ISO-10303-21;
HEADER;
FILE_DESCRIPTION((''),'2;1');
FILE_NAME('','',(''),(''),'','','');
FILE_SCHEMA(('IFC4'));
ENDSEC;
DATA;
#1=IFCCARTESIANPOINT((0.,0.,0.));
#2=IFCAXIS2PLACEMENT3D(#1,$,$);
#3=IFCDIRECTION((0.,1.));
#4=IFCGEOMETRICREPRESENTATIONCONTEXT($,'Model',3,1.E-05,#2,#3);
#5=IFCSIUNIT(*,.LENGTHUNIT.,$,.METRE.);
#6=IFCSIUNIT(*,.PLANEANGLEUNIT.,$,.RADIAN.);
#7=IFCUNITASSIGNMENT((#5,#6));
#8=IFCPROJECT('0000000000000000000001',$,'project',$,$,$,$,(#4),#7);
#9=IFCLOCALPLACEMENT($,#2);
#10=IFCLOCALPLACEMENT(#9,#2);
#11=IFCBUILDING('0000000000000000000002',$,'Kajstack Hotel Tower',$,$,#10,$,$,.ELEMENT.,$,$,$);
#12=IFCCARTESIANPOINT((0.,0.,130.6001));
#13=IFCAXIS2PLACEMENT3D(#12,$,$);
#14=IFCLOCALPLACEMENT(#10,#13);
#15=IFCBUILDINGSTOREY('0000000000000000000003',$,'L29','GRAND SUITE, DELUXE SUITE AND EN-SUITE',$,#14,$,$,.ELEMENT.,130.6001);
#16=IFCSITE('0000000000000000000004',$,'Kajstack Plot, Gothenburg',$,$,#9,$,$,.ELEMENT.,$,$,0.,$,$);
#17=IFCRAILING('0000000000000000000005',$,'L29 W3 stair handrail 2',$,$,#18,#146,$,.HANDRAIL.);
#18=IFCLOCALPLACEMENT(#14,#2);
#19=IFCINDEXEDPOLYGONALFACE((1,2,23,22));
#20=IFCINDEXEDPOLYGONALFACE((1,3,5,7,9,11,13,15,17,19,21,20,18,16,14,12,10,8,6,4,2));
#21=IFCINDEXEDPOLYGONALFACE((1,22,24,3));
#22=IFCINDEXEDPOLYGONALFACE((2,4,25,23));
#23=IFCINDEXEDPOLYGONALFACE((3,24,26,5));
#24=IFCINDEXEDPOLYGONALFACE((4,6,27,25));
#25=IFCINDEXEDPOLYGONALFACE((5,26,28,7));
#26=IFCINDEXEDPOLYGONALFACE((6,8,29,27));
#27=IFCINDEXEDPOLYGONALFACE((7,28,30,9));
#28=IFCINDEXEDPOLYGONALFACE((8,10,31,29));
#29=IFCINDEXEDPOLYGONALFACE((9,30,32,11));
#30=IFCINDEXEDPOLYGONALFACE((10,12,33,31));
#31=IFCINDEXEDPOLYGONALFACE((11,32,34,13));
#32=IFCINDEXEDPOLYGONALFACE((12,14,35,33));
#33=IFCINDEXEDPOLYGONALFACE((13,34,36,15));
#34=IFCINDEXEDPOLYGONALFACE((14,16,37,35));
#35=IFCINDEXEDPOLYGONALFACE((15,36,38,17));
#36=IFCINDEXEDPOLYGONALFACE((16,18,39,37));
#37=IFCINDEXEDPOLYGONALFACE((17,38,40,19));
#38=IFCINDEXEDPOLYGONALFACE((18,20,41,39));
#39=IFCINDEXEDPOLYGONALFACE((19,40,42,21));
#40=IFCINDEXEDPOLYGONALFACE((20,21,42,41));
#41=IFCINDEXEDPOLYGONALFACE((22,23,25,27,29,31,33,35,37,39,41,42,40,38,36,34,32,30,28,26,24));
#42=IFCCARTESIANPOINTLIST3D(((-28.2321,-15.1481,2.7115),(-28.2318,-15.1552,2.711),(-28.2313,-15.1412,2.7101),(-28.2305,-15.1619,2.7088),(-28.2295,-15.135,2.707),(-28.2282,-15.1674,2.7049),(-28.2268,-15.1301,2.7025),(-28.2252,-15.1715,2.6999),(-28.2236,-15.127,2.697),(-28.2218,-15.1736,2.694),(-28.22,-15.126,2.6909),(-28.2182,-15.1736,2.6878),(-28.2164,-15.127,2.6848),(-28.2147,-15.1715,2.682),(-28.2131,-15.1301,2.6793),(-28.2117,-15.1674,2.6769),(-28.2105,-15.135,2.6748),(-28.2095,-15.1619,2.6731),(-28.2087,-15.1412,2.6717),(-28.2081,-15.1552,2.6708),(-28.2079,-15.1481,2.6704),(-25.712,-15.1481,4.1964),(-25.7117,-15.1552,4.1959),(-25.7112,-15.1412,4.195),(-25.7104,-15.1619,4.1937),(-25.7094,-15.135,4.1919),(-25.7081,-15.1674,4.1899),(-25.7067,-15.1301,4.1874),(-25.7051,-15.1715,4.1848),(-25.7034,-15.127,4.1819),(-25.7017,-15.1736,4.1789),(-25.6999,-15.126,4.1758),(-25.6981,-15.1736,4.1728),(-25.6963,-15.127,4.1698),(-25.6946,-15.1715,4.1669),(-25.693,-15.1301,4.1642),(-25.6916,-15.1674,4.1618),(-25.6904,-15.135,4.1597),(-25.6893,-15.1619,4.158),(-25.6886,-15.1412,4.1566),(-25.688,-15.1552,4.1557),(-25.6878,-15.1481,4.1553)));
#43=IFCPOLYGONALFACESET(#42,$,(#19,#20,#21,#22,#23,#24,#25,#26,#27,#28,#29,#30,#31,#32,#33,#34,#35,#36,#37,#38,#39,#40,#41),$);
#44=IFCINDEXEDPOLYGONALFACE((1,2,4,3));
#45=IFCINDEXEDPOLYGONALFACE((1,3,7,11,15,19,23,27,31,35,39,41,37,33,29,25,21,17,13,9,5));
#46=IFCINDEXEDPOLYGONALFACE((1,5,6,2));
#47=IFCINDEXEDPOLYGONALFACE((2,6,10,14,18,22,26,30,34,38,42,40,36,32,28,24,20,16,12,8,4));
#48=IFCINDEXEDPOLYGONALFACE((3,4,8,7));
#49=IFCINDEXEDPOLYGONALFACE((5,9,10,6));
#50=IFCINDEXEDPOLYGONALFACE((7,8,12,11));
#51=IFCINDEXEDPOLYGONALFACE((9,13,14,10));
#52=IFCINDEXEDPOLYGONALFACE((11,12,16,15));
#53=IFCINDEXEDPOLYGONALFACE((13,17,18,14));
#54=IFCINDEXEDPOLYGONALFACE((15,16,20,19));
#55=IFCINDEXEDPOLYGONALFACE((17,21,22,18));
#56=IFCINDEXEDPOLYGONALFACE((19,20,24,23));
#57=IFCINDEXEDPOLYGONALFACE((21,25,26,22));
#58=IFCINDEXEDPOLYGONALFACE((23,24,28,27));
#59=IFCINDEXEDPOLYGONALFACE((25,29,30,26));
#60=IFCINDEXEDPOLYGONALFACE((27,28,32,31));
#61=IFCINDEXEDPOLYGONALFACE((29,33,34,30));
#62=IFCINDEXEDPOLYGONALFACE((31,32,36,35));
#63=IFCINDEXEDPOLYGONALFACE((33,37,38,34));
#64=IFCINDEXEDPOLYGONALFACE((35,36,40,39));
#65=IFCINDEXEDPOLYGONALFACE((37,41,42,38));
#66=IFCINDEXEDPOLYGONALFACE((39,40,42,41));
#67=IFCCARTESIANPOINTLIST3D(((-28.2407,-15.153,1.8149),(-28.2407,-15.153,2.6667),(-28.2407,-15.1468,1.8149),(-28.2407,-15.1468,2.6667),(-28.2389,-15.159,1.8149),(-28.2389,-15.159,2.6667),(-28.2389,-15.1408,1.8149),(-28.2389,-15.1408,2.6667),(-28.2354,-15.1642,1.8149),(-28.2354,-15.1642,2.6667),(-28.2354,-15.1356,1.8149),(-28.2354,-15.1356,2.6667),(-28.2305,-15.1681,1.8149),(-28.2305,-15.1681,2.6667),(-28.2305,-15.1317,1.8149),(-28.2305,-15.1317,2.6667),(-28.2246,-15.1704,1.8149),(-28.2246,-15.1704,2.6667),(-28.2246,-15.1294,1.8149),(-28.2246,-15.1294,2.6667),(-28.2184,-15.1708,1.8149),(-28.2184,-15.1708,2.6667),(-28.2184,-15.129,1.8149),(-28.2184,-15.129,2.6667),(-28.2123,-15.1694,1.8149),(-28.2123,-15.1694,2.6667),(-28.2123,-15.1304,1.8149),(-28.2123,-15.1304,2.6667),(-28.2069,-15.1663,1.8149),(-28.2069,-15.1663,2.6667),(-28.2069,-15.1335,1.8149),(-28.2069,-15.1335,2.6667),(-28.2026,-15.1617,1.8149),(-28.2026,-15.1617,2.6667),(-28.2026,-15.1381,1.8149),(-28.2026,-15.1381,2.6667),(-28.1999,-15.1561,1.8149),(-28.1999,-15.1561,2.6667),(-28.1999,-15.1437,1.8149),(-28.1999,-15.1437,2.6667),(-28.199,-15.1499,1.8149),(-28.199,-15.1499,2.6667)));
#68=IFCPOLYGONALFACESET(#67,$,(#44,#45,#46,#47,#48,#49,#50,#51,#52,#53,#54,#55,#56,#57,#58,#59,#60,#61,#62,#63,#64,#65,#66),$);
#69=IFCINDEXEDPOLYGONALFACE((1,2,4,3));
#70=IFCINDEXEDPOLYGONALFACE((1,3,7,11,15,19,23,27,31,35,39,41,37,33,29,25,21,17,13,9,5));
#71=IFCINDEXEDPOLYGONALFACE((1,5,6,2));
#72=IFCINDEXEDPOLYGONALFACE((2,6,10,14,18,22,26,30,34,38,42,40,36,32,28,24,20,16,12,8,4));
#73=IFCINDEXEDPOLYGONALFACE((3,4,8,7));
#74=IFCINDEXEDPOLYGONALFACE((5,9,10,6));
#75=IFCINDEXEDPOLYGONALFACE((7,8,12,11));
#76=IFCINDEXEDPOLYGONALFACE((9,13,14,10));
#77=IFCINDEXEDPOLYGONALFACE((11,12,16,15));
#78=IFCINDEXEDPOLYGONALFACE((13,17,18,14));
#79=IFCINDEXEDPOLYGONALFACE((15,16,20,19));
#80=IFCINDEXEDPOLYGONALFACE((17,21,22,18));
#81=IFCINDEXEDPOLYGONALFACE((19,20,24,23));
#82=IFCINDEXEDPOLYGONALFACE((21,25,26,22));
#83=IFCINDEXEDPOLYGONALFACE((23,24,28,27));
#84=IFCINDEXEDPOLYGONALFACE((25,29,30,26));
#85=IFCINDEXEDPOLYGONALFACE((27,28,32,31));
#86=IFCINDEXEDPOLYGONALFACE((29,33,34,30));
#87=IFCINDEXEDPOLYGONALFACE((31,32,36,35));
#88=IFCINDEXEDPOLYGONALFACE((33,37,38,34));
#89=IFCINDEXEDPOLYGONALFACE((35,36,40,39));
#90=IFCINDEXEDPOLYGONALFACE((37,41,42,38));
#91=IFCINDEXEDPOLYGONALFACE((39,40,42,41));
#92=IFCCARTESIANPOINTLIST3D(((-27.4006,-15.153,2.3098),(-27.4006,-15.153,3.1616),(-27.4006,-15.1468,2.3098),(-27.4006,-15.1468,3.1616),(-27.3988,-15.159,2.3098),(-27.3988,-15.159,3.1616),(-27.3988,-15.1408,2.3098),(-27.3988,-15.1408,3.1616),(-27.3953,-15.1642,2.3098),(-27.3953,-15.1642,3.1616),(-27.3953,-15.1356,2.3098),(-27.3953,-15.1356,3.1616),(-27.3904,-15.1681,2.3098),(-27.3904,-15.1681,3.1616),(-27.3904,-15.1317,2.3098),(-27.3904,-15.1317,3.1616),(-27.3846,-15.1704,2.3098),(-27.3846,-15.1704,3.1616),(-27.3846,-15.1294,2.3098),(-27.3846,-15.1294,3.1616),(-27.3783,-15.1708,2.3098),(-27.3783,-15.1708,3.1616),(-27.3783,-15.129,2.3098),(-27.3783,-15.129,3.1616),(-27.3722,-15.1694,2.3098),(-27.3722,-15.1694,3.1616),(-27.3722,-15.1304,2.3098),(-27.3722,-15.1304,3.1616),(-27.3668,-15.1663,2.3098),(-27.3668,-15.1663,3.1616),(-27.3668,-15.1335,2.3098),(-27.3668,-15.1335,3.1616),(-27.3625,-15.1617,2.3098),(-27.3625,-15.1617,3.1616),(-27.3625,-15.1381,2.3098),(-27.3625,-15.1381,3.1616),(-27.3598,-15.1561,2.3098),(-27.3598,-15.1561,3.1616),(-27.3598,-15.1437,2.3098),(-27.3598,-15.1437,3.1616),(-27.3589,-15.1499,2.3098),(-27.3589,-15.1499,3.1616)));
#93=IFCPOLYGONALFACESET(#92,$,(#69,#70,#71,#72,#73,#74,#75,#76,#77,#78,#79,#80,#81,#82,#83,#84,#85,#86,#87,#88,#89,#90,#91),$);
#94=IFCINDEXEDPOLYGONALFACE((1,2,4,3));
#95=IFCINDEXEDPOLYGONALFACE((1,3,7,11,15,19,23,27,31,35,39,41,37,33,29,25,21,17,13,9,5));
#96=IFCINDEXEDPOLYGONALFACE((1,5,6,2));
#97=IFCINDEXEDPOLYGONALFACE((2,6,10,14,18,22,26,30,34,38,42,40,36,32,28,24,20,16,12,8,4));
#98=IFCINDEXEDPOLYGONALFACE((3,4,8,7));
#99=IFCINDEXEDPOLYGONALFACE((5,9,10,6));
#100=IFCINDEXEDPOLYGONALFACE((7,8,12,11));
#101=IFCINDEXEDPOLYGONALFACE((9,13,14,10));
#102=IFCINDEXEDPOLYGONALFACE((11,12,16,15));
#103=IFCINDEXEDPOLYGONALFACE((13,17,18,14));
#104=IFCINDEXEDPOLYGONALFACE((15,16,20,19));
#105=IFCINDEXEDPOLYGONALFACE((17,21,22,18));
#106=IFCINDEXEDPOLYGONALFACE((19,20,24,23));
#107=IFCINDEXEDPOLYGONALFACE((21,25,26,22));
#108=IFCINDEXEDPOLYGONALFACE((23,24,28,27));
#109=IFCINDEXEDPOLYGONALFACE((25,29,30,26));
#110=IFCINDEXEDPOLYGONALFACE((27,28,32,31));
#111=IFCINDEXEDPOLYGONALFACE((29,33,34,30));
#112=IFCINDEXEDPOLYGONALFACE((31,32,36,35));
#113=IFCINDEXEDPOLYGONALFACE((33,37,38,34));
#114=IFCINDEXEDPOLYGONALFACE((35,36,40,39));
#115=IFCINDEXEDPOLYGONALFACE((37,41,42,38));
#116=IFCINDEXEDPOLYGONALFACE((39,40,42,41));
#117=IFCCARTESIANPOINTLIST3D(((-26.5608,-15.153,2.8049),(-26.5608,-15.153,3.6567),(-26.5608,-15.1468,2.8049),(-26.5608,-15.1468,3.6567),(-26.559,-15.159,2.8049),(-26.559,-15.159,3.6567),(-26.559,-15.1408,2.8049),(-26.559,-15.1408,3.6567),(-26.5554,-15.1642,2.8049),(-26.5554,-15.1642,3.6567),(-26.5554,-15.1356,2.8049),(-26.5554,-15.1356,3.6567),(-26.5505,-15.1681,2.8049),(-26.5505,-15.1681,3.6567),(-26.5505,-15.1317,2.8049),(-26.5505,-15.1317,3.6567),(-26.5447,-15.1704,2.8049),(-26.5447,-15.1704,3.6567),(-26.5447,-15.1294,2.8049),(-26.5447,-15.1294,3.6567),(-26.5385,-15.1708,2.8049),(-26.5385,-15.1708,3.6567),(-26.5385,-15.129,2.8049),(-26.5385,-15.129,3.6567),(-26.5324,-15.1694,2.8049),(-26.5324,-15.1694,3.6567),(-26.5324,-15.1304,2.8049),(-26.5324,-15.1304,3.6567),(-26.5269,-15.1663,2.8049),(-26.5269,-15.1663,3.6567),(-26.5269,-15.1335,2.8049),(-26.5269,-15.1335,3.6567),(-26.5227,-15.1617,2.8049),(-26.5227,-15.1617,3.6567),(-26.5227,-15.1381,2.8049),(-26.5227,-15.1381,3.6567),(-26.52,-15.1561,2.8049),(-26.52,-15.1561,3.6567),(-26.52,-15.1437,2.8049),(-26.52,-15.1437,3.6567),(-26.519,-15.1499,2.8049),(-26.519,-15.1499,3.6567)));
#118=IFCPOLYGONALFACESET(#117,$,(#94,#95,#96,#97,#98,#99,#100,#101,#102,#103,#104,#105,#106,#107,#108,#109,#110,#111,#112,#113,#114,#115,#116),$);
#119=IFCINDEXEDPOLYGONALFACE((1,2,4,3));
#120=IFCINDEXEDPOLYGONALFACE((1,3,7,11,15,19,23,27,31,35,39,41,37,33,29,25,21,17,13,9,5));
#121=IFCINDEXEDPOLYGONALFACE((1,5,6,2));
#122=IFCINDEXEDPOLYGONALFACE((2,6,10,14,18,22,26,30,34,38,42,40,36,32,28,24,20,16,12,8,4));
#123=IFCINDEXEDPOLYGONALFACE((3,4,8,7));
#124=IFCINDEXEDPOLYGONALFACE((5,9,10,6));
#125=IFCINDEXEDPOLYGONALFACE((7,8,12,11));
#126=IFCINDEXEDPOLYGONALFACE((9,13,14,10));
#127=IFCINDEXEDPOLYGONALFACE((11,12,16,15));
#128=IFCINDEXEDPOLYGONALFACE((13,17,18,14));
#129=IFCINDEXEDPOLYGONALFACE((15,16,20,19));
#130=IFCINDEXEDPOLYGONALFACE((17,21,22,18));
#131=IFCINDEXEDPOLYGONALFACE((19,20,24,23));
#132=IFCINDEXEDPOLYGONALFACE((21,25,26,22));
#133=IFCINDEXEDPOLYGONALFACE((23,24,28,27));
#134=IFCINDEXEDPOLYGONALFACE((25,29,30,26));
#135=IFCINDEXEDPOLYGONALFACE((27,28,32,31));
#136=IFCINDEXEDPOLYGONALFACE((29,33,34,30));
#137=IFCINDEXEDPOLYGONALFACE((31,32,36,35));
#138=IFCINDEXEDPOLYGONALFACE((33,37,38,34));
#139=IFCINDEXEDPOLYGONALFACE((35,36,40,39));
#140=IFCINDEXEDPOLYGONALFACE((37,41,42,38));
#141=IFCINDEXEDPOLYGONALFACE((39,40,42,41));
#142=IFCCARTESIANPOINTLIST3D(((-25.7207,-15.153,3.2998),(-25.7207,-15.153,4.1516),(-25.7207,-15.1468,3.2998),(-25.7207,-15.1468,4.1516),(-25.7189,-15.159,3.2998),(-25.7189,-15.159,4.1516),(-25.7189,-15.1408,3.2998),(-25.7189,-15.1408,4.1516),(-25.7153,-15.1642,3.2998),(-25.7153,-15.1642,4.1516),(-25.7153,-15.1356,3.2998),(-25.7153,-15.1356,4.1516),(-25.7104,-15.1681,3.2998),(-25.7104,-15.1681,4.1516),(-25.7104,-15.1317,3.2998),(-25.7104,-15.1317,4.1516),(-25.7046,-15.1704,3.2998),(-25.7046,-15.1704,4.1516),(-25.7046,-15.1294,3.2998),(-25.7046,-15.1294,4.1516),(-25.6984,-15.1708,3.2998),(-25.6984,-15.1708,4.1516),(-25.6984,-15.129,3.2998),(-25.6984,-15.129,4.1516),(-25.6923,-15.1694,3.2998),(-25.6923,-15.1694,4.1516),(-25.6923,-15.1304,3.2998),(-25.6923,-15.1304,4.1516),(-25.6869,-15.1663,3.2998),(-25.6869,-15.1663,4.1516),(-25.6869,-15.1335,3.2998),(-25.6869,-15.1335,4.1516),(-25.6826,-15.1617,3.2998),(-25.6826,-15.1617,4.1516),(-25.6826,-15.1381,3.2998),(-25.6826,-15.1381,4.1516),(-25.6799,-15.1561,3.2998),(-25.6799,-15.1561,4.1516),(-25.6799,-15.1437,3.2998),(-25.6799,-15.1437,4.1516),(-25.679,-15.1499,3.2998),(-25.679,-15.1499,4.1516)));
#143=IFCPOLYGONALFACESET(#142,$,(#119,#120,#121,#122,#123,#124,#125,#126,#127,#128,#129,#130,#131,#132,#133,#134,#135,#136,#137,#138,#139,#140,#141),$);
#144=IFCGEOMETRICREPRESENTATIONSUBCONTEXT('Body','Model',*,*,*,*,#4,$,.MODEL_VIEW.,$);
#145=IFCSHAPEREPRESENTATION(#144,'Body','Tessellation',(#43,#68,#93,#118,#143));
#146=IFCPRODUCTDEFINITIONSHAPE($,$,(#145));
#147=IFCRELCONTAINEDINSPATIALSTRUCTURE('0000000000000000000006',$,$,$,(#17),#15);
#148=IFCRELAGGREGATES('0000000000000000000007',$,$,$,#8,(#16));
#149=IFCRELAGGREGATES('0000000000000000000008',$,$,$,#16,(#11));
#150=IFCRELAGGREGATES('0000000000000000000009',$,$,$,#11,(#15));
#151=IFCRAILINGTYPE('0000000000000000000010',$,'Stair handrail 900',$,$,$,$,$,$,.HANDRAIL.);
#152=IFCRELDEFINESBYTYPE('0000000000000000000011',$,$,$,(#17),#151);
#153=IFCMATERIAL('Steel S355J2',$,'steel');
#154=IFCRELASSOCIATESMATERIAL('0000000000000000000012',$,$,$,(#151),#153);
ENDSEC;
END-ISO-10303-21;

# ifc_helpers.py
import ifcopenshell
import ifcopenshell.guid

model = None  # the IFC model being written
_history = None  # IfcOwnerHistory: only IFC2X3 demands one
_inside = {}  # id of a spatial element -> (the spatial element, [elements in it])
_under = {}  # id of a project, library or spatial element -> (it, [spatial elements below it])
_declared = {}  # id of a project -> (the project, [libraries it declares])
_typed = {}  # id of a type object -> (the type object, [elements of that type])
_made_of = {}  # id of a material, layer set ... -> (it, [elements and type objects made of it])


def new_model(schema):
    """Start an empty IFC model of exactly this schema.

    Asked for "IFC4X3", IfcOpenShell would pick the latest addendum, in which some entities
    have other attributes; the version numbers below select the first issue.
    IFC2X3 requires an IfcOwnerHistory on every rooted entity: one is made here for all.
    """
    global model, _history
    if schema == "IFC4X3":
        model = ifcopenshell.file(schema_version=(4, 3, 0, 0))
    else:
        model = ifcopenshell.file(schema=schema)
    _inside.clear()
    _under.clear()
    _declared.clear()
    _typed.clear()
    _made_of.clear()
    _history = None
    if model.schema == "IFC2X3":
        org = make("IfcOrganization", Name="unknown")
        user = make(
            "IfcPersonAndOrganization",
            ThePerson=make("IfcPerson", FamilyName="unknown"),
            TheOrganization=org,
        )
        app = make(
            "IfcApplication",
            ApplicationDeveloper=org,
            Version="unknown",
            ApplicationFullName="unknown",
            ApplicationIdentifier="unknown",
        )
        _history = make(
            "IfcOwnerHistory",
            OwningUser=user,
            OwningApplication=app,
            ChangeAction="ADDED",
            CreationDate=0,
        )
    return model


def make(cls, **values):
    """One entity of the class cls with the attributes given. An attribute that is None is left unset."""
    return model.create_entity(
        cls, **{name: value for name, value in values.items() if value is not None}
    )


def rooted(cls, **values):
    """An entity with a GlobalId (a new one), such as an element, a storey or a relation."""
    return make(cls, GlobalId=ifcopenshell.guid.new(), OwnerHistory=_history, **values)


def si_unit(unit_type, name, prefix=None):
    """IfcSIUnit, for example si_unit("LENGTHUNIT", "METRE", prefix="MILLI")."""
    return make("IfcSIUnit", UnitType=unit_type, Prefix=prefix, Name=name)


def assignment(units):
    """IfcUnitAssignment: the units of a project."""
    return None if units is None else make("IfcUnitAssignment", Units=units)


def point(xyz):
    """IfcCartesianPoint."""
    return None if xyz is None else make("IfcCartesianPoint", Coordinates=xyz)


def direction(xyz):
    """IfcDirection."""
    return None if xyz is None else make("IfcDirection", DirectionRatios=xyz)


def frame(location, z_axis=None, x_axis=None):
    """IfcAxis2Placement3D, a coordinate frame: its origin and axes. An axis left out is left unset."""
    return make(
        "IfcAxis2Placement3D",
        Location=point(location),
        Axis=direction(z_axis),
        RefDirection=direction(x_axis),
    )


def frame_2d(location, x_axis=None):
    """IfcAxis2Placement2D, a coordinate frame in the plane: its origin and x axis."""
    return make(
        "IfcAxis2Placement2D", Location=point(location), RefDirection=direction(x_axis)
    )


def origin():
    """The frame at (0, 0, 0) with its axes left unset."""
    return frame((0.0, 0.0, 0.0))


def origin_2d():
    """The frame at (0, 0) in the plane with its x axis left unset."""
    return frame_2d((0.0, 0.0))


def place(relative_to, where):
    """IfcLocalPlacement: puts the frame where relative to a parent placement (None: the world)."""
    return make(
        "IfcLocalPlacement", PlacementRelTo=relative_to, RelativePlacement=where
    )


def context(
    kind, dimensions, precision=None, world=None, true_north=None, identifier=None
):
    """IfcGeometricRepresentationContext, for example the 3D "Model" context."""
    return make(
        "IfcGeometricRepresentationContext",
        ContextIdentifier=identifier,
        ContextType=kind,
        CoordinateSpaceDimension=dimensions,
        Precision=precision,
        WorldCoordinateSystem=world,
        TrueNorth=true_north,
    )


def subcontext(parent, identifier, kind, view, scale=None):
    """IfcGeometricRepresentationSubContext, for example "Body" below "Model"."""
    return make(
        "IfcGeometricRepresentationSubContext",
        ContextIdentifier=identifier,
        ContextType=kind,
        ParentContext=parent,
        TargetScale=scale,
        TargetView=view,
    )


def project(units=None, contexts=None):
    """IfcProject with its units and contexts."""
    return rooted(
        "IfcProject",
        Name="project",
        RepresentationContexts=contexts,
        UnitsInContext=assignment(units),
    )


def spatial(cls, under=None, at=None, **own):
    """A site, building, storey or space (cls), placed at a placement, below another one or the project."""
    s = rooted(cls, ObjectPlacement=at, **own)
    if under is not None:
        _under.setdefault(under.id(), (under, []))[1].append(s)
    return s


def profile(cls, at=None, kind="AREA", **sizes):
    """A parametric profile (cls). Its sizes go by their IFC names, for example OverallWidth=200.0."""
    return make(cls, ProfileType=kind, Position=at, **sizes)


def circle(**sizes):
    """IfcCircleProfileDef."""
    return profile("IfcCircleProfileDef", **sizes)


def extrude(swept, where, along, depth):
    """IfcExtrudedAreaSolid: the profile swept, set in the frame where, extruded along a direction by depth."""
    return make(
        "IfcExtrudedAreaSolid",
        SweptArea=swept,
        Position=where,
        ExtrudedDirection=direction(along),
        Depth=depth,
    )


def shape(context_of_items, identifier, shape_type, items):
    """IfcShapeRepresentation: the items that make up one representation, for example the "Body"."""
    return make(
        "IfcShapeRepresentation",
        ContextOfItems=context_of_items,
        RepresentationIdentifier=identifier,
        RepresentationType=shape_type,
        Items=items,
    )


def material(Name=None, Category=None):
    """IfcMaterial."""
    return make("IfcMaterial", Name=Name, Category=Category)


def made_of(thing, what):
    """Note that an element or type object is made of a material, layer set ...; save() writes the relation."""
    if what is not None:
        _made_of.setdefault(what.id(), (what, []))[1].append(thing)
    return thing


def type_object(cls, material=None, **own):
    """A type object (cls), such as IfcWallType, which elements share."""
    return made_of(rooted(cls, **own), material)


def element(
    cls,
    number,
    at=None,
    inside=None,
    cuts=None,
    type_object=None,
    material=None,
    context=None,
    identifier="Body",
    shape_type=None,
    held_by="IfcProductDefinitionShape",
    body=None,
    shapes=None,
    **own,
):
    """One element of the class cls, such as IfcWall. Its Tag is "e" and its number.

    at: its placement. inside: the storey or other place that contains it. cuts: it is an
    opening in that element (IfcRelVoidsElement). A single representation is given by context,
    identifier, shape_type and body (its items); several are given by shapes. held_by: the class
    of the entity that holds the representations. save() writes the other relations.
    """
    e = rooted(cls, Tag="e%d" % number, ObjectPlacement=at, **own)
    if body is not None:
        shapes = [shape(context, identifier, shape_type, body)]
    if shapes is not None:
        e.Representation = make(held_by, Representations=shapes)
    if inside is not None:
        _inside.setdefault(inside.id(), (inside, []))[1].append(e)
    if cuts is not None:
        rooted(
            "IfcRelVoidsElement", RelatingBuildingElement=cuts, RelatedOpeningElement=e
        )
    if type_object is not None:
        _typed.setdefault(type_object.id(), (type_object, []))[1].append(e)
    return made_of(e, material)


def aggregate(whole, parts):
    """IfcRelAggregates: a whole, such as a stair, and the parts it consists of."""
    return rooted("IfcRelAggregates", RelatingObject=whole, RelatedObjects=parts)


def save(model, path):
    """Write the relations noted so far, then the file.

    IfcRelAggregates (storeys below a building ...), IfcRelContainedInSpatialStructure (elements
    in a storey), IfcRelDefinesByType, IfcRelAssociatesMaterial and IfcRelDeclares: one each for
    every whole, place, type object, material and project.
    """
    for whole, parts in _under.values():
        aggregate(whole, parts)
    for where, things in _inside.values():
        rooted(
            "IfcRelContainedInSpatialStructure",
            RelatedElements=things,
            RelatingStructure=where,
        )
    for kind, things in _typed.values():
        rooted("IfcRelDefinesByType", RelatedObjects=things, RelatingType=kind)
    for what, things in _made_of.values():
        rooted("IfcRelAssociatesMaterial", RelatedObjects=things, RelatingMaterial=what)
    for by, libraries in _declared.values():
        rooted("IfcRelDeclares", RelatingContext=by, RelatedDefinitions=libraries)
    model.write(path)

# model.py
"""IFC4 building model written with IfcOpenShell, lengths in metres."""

from ifc_helpers import new_model, si_unit, direction, frame, origin, origin_2d, place, context, subcontext, project, spatial, circle, extrude, material, type_object, element, save


model = new_model("IFC4")

# Units and contexts
model_context = context("Model", 3, precision=1e-05, world=origin(), true_north=direction((0.0, 1.0)))
body_context = subcontext(model_context, "Body", "Model", "MODEL_VIEW")
ifc_project = project(units=[si_unit("LENGTHUNIT", "METRE"), si_unit("PLANEANGLEUNIT", "RADIAN")], contexts=[model_context])

# Site, building, storey
site_placement = place(None, origin())
site = spatial("IfcSite", under=ifc_project, at=site_placement, Name="Kajstack Plot, Gothenburg", CompositionType="ELEMENT", RefElevation=0.0)
building_placement = place(site_placement, origin())
building = spatial("IfcBuilding", under=site, at=building_placement, Name="Kajstack Hotel Tower", CompositionType="ELEMENT")
storey_placement = place(building_placement, frame((0.0, 0.0, 130.6001)))
storey = spatial("IfcBuildingStorey", under=building, at=storey_placement, Name="L29", Description="GRAND SUITE, DELUXE SUITE AND EN-SUITE", CompositionType="ELEMENT", Elevation=130.6001)

# Railing
ifc_material_1 = material(Name="Steel S355J2", Category="steel")
railing_type_1 = type_object("IfcRailingType", Name="Stair handrail 900", PredefinedType="HANDRAIL", material=ifc_material_1)
railing_1_placement = place(storey_placement, frame((-28.22, -15.1499, 1.8149)))
element("IfcRailing", 1, at=railing_1_placement, inside=storey, type_object=railing_type_1, Name="L29 W3 stair handrail 2", PredefinedType="HANDRAIL", context=body_context, shape_type="SweptSolid", body=[
    extrude(circle(Radius=0.0239, at=origin_2d()), frame((0.0, 0.0, 0.876), z_axis=(0.861561, 0.0, 0.507655), x_axis=(0.0, 1.0, 0.0)), (0.0, 0.0, 1.0), 2.925),
    extrude(circle(Radius=0.021, at=origin_2d()), origin(), (0.0, 0.0, 1.0), 0.8518),
    extrude(circle(Radius=0.021, at=origin_2d()), frame((0.8401, 0.0, 0.4949)), (0.0, 0.0, 1.0), 0.8518),
    extrude(circle(Radius=0.021, at=origin_2d()), frame((1.6799, 0.0, 0.99)), (0.0, 0.0, 1.0), 0.8518),
    extrude(circle(Radius=0.021, at=origin_2d()), frame((2.52, 0.0, 1.4849)), (0.0, 0.0, 1.0), 0.8518),
])

save(model, "model.ifc")
